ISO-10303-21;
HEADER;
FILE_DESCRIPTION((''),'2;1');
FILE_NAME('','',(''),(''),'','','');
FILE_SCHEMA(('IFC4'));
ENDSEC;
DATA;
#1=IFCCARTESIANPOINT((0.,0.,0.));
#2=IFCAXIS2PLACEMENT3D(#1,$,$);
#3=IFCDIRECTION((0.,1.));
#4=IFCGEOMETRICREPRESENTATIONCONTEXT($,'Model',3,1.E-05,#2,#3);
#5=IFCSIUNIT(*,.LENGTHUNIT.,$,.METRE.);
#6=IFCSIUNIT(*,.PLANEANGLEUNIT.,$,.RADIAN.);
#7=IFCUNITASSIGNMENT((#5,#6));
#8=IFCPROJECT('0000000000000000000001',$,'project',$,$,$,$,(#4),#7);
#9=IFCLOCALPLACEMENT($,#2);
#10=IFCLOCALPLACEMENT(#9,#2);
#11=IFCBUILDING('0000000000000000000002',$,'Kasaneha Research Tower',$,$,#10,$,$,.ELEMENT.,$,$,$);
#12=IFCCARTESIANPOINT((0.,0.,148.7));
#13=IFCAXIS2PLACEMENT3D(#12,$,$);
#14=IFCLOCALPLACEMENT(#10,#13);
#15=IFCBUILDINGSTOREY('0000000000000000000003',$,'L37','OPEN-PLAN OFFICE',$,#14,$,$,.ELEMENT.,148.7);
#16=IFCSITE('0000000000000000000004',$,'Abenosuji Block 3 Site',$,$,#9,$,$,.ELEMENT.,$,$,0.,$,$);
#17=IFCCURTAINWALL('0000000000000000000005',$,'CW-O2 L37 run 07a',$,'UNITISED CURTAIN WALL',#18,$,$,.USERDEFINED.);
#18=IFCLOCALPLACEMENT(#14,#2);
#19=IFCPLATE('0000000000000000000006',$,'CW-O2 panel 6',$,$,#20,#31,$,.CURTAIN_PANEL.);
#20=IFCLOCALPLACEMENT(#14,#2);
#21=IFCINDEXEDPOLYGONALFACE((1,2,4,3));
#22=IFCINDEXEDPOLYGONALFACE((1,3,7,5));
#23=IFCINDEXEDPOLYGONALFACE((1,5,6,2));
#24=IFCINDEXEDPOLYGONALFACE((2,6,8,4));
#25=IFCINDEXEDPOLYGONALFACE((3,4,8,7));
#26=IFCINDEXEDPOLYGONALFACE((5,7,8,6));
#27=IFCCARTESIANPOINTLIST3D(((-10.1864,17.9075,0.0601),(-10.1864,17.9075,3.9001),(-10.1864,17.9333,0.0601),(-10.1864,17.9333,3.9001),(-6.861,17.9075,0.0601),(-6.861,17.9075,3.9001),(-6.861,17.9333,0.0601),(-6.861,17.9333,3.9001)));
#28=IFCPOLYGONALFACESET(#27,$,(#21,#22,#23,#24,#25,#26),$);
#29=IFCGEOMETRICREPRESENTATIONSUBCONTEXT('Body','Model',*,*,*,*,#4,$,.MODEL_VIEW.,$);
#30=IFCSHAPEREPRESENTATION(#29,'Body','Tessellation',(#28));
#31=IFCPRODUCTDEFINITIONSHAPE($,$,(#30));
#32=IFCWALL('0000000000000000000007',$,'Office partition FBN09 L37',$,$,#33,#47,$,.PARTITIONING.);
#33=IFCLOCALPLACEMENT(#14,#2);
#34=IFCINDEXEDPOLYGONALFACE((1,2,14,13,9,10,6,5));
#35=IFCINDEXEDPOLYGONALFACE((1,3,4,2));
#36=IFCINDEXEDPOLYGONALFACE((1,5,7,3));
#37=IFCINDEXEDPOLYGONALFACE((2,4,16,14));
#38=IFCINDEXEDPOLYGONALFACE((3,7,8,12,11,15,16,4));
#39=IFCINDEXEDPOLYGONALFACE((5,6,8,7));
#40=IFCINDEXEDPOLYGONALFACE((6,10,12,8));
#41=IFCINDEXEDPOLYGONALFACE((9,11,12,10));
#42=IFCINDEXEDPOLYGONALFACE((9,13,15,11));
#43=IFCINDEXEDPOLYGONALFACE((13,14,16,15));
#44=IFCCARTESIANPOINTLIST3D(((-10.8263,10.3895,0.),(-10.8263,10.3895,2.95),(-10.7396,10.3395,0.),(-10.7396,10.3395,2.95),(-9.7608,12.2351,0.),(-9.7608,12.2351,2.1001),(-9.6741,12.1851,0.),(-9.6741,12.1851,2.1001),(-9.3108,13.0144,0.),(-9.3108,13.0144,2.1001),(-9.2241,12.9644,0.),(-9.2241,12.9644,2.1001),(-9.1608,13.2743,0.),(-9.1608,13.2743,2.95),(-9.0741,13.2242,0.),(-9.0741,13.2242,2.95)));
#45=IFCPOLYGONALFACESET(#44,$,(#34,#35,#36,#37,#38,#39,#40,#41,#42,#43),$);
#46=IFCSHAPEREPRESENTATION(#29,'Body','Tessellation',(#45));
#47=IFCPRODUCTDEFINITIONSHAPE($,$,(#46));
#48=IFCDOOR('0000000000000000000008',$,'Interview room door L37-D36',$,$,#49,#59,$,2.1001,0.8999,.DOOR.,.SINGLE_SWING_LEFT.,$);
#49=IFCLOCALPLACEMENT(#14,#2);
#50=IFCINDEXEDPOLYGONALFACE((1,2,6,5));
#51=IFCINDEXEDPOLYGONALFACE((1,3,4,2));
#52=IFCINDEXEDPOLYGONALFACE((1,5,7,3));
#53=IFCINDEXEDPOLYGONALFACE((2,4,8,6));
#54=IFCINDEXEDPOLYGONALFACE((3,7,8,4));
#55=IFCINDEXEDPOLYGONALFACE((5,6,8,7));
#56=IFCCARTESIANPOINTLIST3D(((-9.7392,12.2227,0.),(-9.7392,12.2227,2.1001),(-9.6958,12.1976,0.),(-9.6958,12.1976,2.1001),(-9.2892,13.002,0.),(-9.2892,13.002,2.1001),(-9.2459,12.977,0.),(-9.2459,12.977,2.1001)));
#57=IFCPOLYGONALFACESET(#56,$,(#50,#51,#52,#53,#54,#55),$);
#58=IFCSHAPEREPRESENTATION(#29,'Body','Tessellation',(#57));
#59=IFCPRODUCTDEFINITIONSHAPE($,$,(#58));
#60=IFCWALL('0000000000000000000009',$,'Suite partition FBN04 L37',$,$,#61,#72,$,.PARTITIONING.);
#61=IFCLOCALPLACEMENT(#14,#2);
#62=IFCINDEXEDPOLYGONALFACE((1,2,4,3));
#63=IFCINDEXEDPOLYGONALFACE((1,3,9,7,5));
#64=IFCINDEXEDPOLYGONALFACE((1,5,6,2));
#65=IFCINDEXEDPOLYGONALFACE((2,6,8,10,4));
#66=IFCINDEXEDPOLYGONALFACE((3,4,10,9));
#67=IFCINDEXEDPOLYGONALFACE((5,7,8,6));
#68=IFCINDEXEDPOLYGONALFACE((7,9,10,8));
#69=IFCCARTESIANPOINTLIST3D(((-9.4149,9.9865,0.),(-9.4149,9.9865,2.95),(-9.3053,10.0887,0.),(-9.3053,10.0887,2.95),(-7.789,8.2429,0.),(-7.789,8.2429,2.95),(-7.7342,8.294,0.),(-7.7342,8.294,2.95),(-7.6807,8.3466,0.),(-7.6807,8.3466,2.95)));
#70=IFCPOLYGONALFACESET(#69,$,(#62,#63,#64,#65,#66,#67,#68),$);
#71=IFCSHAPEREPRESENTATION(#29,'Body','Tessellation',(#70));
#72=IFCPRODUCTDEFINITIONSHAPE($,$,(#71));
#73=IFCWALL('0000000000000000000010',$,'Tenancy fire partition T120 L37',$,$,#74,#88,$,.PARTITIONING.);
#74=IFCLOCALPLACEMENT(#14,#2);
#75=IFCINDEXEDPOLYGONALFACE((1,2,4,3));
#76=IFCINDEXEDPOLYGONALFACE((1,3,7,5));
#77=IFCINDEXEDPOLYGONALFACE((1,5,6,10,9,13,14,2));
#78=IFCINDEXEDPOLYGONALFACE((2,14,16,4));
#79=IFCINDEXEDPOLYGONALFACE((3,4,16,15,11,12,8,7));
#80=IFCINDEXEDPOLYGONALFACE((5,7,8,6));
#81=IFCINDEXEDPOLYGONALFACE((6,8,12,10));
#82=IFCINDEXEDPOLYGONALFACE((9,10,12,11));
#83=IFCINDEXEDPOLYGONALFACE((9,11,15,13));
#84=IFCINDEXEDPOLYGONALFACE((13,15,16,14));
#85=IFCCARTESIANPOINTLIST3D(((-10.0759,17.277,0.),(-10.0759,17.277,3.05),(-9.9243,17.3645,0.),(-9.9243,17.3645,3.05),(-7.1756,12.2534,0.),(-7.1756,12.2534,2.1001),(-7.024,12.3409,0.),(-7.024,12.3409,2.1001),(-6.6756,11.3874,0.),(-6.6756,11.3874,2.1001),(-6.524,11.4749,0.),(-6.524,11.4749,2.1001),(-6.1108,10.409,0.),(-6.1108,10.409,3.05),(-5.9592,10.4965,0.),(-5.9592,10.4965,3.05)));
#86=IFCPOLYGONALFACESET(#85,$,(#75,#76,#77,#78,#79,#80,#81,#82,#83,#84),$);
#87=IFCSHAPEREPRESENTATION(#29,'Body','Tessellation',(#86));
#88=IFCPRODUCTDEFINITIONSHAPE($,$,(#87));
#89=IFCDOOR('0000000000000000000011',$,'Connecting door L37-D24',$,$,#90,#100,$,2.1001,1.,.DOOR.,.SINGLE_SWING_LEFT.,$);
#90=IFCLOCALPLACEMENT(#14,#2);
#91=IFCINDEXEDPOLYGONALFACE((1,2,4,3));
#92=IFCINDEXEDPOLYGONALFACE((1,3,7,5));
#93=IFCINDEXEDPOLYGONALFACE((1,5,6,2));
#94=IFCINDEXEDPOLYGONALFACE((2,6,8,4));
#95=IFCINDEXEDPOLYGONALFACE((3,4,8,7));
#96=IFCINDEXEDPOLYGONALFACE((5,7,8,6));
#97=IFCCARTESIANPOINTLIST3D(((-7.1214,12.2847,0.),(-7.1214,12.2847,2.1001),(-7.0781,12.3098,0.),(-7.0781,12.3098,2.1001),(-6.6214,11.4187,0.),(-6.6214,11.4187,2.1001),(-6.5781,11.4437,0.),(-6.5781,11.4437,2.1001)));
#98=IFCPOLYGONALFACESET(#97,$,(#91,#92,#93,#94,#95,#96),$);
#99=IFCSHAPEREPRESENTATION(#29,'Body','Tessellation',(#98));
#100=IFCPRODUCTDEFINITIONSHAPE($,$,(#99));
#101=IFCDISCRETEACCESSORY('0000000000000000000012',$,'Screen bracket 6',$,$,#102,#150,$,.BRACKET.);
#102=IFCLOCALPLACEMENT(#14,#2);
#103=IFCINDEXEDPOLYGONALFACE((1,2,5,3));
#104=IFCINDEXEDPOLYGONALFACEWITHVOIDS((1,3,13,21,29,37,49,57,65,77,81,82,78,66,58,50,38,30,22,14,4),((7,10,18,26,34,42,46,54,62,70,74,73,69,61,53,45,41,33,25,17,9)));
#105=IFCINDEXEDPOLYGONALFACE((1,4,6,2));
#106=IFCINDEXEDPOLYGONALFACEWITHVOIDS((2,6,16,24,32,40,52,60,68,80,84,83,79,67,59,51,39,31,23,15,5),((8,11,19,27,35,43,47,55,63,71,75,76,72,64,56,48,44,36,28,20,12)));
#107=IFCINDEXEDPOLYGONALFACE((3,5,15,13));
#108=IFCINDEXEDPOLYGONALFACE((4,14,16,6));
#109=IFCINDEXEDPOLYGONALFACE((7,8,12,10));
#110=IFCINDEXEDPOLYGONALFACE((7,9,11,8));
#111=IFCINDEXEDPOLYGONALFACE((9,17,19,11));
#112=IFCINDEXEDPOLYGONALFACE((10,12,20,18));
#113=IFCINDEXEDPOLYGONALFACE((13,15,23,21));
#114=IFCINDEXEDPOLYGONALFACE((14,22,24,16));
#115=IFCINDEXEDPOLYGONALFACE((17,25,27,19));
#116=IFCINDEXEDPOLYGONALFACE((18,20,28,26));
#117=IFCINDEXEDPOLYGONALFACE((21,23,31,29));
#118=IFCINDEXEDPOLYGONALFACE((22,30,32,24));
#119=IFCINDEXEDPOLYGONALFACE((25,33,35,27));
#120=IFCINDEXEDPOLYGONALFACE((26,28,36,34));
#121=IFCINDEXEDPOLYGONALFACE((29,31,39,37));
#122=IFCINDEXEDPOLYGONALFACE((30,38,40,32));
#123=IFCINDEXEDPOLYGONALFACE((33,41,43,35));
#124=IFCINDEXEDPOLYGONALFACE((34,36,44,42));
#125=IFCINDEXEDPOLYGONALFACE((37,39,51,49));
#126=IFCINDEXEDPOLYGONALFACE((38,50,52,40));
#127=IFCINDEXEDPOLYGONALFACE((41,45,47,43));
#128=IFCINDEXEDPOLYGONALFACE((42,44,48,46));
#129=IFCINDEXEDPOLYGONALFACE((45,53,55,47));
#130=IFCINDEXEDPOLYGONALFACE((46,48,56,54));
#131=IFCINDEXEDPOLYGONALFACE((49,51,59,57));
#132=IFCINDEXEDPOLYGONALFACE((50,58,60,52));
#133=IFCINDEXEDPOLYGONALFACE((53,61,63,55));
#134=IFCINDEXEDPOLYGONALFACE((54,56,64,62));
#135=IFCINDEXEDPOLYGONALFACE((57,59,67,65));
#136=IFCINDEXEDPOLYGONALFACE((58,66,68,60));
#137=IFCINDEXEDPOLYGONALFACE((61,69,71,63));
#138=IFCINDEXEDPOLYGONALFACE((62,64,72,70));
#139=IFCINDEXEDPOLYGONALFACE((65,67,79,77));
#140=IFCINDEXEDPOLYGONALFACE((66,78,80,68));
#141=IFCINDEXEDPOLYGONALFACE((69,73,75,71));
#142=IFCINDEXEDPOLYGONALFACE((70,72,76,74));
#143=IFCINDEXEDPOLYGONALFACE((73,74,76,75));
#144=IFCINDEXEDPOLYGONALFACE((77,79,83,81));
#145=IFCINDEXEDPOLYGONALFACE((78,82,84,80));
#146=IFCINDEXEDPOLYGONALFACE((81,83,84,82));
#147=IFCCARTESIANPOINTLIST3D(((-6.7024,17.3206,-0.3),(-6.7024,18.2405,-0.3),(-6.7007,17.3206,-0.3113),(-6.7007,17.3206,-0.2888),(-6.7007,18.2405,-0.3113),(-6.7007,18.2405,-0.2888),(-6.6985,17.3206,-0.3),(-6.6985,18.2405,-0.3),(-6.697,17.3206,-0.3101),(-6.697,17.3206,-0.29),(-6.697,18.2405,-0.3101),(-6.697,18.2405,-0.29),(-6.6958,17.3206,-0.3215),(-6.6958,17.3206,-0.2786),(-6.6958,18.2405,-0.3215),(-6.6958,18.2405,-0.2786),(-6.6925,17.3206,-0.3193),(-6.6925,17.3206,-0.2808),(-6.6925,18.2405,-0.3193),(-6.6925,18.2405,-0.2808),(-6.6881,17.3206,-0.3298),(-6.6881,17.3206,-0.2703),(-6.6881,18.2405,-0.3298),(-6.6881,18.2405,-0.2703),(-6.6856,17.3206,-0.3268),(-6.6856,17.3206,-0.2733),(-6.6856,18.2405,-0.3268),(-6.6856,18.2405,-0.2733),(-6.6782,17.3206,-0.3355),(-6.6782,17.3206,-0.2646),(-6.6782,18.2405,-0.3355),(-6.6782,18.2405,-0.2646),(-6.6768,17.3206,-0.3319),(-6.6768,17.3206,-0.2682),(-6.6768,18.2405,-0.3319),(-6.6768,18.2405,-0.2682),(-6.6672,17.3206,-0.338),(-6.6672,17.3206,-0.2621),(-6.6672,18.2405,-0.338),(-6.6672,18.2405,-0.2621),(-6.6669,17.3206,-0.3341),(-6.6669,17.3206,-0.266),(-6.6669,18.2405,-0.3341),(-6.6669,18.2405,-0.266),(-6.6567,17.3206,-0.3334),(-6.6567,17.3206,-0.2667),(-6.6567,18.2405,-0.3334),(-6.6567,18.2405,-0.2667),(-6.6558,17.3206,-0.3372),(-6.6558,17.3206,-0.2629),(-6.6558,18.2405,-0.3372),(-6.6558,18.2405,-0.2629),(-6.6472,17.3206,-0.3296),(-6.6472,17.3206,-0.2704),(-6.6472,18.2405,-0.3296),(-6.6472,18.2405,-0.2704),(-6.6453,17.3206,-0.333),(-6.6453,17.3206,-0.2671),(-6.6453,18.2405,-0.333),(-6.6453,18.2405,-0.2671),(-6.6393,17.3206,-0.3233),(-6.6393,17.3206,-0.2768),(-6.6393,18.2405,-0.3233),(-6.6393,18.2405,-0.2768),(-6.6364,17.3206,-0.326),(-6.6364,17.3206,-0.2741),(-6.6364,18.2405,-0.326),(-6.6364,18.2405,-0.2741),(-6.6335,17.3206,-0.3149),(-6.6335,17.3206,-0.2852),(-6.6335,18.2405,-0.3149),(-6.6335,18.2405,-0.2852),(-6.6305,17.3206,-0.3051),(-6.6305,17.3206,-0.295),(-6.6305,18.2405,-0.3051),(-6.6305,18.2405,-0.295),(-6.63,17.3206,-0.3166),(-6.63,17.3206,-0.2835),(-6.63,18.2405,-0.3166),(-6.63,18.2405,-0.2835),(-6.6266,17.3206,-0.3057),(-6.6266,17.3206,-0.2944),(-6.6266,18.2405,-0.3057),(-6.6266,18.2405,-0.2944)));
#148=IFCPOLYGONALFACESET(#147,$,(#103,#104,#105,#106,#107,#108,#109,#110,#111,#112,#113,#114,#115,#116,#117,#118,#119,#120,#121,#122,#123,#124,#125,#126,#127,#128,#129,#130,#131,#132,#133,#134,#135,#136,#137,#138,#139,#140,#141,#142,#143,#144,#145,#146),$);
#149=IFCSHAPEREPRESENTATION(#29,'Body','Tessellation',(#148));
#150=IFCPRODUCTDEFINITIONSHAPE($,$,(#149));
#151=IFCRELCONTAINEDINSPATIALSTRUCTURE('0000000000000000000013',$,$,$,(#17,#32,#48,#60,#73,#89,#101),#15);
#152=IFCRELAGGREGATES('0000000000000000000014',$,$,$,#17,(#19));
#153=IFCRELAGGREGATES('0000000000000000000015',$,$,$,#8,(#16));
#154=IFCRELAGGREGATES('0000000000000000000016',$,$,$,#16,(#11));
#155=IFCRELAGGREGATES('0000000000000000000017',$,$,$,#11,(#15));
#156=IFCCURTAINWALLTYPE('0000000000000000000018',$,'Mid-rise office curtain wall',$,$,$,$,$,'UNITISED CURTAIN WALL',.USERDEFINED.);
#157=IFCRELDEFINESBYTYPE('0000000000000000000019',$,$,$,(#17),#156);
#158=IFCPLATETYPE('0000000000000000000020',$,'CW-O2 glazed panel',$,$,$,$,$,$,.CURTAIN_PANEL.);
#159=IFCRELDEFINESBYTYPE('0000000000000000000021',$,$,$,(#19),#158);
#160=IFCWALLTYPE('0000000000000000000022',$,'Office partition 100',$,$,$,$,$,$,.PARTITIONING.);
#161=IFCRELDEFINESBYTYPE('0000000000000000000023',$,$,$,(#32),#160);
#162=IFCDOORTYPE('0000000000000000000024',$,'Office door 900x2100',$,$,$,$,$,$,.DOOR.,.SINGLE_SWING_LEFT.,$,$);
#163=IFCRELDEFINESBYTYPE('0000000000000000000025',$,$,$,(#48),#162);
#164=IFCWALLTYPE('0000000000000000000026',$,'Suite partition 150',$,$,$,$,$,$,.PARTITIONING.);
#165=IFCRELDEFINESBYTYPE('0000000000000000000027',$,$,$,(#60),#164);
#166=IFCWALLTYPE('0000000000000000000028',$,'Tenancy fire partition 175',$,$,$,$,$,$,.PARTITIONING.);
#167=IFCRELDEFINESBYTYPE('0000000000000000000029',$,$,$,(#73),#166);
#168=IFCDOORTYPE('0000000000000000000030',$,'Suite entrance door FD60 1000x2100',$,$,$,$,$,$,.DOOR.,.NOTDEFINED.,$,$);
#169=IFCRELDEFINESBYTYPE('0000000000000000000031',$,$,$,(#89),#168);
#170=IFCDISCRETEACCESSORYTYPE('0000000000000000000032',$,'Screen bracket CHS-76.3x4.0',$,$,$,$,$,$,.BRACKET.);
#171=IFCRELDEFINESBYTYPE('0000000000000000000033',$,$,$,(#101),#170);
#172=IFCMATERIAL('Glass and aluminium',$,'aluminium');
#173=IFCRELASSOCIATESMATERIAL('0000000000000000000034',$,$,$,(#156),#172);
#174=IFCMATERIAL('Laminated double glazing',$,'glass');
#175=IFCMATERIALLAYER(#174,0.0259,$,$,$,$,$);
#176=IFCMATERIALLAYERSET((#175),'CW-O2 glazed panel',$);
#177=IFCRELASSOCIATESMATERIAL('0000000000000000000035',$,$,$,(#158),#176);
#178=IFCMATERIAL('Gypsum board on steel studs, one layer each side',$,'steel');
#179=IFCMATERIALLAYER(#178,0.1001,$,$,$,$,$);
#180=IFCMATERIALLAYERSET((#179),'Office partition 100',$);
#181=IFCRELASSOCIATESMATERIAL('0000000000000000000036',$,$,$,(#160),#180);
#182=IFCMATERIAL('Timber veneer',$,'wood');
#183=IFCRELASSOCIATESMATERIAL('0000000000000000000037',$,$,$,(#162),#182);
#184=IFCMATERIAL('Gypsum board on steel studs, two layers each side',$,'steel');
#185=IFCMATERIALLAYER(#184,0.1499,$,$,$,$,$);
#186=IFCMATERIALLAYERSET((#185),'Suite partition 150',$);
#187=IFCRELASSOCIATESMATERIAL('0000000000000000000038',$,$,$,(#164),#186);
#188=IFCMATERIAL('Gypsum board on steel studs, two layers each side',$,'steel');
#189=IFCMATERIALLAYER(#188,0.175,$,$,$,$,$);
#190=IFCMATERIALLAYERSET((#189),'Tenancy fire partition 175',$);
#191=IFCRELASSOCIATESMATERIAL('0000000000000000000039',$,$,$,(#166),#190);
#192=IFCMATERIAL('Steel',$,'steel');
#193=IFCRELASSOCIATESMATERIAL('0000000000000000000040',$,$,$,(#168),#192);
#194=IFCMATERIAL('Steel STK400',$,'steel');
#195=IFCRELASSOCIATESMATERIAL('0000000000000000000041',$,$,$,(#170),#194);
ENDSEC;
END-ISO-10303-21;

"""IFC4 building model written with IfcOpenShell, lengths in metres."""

from ifc_helpers import new_model, si_unit, direction, frame, frame_2d, origin, origin_2d, place, context, subcontext, project, spatial, polyline, rectangle, hollow_circle, outline, extrude, material, layer, layer_set, material_profile, profile_set, type_object, element, fill, aggregate, save


model = new_model("IFC4")

# Units and contexts
model_context = context("Model", 3, precision=1e-05, world=origin(), true_north=direction((0.0, 1.0)))
body_context = subcontext(model_context, "Body", "Model", "MODEL_VIEW")
ifc_project = project(units=[si_unit("LENGTHUNIT", "METRE"), si_unit("PLANEANGLEUNIT", "RADIAN")], contexts=[model_context])

# Site, building, storey
site_placement = place(None, origin())
site = spatial("IfcSite", under=ifc_project, at=site_placement, Name="Abenosuji Block 3 Site", CompositionType="ELEMENT", RefElevation=0.0)
building_placement = place(site_placement, origin())
building = spatial("IfcBuilding", under=site, at=building_placement, Name="Kasaneha Research Tower", CompositionType="ELEMENT")
storey_placement = place(building_placement, frame((0.0, 0.0, 148.7)))
storey = spatial("IfcBuildingStorey", under=building, at=storey_placement, Name="L37", Description="OPEN-PLAN OFFICE", CompositionType="ELEMENT", Elevation=148.7)

# Curtain wall
ifc_material_1 = material(Name="Glass and aluminium", Category="aluminium")
curtain_wall_type = type_object("IfcCurtainWallType", Name="Mid-rise office curtain wall", ElementType="UNITISED CURTAIN WALL", PredefinedType="USERDEFINED", material=ifc_material_1)
curtain_wall_placement = place(storey_placement, origin())
curtain_wall = element("IfcCurtainWall", 1, at=curtain_wall_placement, inside=storey, type_object=curtain_wall_type, Name="CW-O2 L37 run 07a", ObjectType="UNITISED CURTAIN WALL", PredefinedType="USERDEFINED")

# Plate
ifc_material_2 = material(Name="Laminated double glazing", Category="glass")
ifc_layer_1 = layer(ifc_material_2, 0.0259)
ifc_layer_set_1 = layer_set([ifc_layer_1], Name="CW-O2 glazed panel")
plate_type = type_object("IfcPlateType", Name="CW-O2 glazed panel", PredefinedType="CURTAIN_PANEL", material=ifc_layer_set_1)
plate_placement = place(storey_placement, frame((-8.5237, 17.9204, 0.0601), z_axis=(0.0, 0.0, 1.0), x_axis=(-1.0, 0.0, 0.0)))
plate = element("IfcPlate", 2, at=plate_placement, type_object=plate_type, Name="CW-O2 panel 6", PredefinedType="CURTAIN_PANEL", context=body_context, shape_type="SweptSolid", body=[
    extrude(rectangle(XDim=3.3254, YDim=0.0259, at=origin_2d()), origin(), (0.0, 0.0, 1.0), 3.8401),
])
aggregate(curtain_wall, [plate])

# Wall, opening, door
ifc_material_3 = material(Name="Gypsum board on steel studs, one layer each side", Category="steel")
ifc_layer_2 = layer(ifc_material_3, 0.1001)
ifc_layer_set_2 = layer_set([ifc_layer_2], Name="Office partition 100")
wall_type_1 = type_object("IfcWallType", Name="Office partition 100", PredefinedType="PARTITIONING", material=ifc_layer_set_2)
wall_1_placement = place(storey_placement, frame((-9.1174, 13.2493, 0.0), z_axis=(0.0, 0.0, 1.0), x_axis=(-0.500002, -0.866024, 0.0)))
wall_1 = element("IfcWall", 3, at=wall_1_placement, inside=storey, type_object=wall_type_1, Name="Office partition FBN09 L37", PredefinedType="PARTITIONING", context=body_context, shape_type="SweptSolid", body=[
    extrude(rectangle(XDim=3.3311, YDim=0.1001, at=frame_2d((1.6655, 0.0))), origin(), (0.0, 0.0, 1.0), 2.95),
])
opening_1_placement = place(wall_1_placement, frame((0.3, 0.0, 0.0)))
opening_1 = element("IfcOpeningElement", 4, at=opening_1_placement, cuts=wall_1, PredefinedType="OPENING", context=body_context, shape_type="SweptSolid", body=[
    extrude(rectangle(XDim=0.8999, YDim=2.1001, at=frame_2d((0.45, 1.05))), frame((0.0, 0.0601, 0.0), z_axis=(0.0, -1.0, 0.0), x_axis=(1.0, 0.0, 0.0)), (0.0, 0.0, 1.0), 0.1201),
])
ifc_material_4 = material(Name="Timber veneer", Category="wood")
door_type_1 = type_object("IfcDoorType", Name="Office door 900x2100", OperationType="SINGLE_SWING_LEFT", PredefinedType="DOOR", material=ifc_material_4)
door_1_placement = place(opening_1_placement, origin())
door_1 = element("IfcDoor", 5, at=door_1_placement, inside=storey, type_object=door_type_1, Name="Interview room door L37-D36", OperationType="SINGLE_SWING_LEFT", OverallHeight=2.1001, OverallWidth=0.8999, PredefinedType="DOOR", context=body_context, shape_type="SweptSolid", body=[
    extrude(rectangle(XDim=0.8999, YDim=2.1001, at=frame_2d((0.45, 1.05))), frame((0.0, 0.0249, 0.0), z_axis=(0.0, -1.0, 0.0), x_axis=(1.0, 0.0, 0.0)), (0.0, 0.0, 1.0), 0.05),
])
fill(opening_1, door_1)

# Wall
ifc_material_5 = material(Name="Gypsum board on steel studs, two layers each side", Category="steel")
ifc_layer_3 = layer(ifc_material_5, 0.1499)
ifc_layer_set_3 = layer_set([ifc_layer_3], Name="Suite partition 150")
wall_type_2 = type_object("IfcWallType", Name="Suite partition 150", PredefinedType="PARTITIONING", material=ifc_layer_set_3)
wall_2_placement = place(storey_placement, frame((-9.3601, 10.0376, 0.0), z_axis=(0.0, 0.0, 1.0), x_axis=(0.681997, -0.731355, 0.0)))
element("IfcWall", 6, at=wall_2_placement, inside=storey, type_object=wall_type_2, Name="Suite partition FBN04 L37", PredefinedType="PARTITIONING", context=body_context, shape_type="SweptSolid", body=[
    extrude(outline(polyline([(0.0, -0.075), (2.384, -0.075), (2.384, 0.0), (2.3821, 0.075), (0.0, 0.075), (0.0, -0.075)])), origin(), (0.0, 0.0, 1.0), 2.95),
])

# Wall, opening, door
ifc_material_6 = material(Name="Gypsum board on steel studs, two layers each side", Category="steel")
ifc_layer_4 = layer(ifc_material_6, 0.175)
ifc_layer_set_4 = layer_set([ifc_layer_4], Name="Tenancy fire partition 175")
wall_type_3 = type_object("IfcWallType", Name="Tenancy fire partition 175", PredefinedType="PARTITIONING", material=ifc_layer_set_4)
wall_3_placement = place(storey_placement, frame((-6.0349, 10.4526, 0.0), z_axis=(0.0, 0.0, 1.0), x_axis=(-0.49999, 0.866031, 0.0)))
wall_3 = element("IfcWall", 7, at=wall_3_placement, inside=storey, type_object=wall_type_3, Name="Tenancy fire partition T120 L37", PredefinedType="PARTITIONING", context=body_context, shape_type="SweptSolid", body=[
    extrude(rectangle(XDim=7.9304, YDim=0.175, at=frame_2d((3.9653, 0.0))), origin(), (0.0, 0.0, 1.0), 3.05),
])
opening_2_placement = place(wall_3_placement, frame((1.1299, 0.0, 0.0)))
opening_2 = element("IfcOpeningElement", 8, at=opening_2_placement, cuts=wall_3, PredefinedType="OPENING", context=body_context, shape_type="SweptSolid", body=[
    extrude(rectangle(XDim=1.0, YDim=2.1001, at=frame_2d((0.5, 1.05))), frame((0.0, 0.0977, 0.0), z_axis=(0.0, -1.0, 0.0), x_axis=(1.0, 0.0, 0.0)), (0.0, 0.0, 1.0), 0.1951),
])
ifc_material_7 = material(Name="Steel", Category="steel")
door_type_2 = type_object("IfcDoorType", Name="Suite entrance door FD60 1000x2100", OperationType="NOTDEFINED", PredefinedType="DOOR", material=ifc_material_7)
door_2_placement = place(opening_2_placement, origin())
door_2 = element("IfcDoor", 9, at=door_2_placement, inside=storey, type_object=door_type_2, Name="Connecting door L37-D24", OperationType="SINGLE_SWING_LEFT", OverallHeight=2.1001, OverallWidth=1.0, PredefinedType="DOOR", context=body_context, shape_type="SweptSolid", body=[
    extrude(rectangle(XDim=1.0, YDim=2.1001, at=frame_2d((0.5, 1.05))), frame((0.0, 0.0249, 0.0), z_axis=(0.0, -1.0, 0.0), x_axis=(1.0, 0.0, 0.0)), (0.0, 0.0, 1.0), 0.05),
])
fill(opening_2, door_2)

# Discrete accessory
ifc_material_8 = material(Name="Steel STK400", Category="steel")
ifc_material_profile_1 = material_profile(ifc_material_8, hollow_circle(Radius=0.0381, WallThickness=0.0039, at=origin_2d()), Name="CHS-76.3x4.0")
ifc_profile_set_1 = profile_set([ifc_material_profile_1], Name="Steel STK400")
discrete_accessory_type = type_object("IfcDiscreteAccessoryType", Name="Screen bracket CHS-76.3x4.0", PredefinedType="BRACKET", material=ifc_profile_set_1)
for number, where, z_axis, x_axis, name in (
    (10, (-6.6643, 17.3206, -0.3), (0.0, 1.0, 0.0), (-1.0, 0.0, 0.0), "Screen bracket 6"),
):
    element("IfcDiscreteAccessory", number, at=place(storey_placement, frame(where, z_axis=z_axis, x_axis=x_axis)), inside=storey, type_object=discrete_accessory_type, Name=name, PredefinedType="BRACKET", context=body_context, shape_type="SweptSolid", body=[
        extrude(hollow_circle(Radius=0.0381, WallThickness=0.0039, at=origin_2d()), origin(), (0.0, 0.0, 1.0), 0.9199),
    ])

save(model, "model.ifc")
